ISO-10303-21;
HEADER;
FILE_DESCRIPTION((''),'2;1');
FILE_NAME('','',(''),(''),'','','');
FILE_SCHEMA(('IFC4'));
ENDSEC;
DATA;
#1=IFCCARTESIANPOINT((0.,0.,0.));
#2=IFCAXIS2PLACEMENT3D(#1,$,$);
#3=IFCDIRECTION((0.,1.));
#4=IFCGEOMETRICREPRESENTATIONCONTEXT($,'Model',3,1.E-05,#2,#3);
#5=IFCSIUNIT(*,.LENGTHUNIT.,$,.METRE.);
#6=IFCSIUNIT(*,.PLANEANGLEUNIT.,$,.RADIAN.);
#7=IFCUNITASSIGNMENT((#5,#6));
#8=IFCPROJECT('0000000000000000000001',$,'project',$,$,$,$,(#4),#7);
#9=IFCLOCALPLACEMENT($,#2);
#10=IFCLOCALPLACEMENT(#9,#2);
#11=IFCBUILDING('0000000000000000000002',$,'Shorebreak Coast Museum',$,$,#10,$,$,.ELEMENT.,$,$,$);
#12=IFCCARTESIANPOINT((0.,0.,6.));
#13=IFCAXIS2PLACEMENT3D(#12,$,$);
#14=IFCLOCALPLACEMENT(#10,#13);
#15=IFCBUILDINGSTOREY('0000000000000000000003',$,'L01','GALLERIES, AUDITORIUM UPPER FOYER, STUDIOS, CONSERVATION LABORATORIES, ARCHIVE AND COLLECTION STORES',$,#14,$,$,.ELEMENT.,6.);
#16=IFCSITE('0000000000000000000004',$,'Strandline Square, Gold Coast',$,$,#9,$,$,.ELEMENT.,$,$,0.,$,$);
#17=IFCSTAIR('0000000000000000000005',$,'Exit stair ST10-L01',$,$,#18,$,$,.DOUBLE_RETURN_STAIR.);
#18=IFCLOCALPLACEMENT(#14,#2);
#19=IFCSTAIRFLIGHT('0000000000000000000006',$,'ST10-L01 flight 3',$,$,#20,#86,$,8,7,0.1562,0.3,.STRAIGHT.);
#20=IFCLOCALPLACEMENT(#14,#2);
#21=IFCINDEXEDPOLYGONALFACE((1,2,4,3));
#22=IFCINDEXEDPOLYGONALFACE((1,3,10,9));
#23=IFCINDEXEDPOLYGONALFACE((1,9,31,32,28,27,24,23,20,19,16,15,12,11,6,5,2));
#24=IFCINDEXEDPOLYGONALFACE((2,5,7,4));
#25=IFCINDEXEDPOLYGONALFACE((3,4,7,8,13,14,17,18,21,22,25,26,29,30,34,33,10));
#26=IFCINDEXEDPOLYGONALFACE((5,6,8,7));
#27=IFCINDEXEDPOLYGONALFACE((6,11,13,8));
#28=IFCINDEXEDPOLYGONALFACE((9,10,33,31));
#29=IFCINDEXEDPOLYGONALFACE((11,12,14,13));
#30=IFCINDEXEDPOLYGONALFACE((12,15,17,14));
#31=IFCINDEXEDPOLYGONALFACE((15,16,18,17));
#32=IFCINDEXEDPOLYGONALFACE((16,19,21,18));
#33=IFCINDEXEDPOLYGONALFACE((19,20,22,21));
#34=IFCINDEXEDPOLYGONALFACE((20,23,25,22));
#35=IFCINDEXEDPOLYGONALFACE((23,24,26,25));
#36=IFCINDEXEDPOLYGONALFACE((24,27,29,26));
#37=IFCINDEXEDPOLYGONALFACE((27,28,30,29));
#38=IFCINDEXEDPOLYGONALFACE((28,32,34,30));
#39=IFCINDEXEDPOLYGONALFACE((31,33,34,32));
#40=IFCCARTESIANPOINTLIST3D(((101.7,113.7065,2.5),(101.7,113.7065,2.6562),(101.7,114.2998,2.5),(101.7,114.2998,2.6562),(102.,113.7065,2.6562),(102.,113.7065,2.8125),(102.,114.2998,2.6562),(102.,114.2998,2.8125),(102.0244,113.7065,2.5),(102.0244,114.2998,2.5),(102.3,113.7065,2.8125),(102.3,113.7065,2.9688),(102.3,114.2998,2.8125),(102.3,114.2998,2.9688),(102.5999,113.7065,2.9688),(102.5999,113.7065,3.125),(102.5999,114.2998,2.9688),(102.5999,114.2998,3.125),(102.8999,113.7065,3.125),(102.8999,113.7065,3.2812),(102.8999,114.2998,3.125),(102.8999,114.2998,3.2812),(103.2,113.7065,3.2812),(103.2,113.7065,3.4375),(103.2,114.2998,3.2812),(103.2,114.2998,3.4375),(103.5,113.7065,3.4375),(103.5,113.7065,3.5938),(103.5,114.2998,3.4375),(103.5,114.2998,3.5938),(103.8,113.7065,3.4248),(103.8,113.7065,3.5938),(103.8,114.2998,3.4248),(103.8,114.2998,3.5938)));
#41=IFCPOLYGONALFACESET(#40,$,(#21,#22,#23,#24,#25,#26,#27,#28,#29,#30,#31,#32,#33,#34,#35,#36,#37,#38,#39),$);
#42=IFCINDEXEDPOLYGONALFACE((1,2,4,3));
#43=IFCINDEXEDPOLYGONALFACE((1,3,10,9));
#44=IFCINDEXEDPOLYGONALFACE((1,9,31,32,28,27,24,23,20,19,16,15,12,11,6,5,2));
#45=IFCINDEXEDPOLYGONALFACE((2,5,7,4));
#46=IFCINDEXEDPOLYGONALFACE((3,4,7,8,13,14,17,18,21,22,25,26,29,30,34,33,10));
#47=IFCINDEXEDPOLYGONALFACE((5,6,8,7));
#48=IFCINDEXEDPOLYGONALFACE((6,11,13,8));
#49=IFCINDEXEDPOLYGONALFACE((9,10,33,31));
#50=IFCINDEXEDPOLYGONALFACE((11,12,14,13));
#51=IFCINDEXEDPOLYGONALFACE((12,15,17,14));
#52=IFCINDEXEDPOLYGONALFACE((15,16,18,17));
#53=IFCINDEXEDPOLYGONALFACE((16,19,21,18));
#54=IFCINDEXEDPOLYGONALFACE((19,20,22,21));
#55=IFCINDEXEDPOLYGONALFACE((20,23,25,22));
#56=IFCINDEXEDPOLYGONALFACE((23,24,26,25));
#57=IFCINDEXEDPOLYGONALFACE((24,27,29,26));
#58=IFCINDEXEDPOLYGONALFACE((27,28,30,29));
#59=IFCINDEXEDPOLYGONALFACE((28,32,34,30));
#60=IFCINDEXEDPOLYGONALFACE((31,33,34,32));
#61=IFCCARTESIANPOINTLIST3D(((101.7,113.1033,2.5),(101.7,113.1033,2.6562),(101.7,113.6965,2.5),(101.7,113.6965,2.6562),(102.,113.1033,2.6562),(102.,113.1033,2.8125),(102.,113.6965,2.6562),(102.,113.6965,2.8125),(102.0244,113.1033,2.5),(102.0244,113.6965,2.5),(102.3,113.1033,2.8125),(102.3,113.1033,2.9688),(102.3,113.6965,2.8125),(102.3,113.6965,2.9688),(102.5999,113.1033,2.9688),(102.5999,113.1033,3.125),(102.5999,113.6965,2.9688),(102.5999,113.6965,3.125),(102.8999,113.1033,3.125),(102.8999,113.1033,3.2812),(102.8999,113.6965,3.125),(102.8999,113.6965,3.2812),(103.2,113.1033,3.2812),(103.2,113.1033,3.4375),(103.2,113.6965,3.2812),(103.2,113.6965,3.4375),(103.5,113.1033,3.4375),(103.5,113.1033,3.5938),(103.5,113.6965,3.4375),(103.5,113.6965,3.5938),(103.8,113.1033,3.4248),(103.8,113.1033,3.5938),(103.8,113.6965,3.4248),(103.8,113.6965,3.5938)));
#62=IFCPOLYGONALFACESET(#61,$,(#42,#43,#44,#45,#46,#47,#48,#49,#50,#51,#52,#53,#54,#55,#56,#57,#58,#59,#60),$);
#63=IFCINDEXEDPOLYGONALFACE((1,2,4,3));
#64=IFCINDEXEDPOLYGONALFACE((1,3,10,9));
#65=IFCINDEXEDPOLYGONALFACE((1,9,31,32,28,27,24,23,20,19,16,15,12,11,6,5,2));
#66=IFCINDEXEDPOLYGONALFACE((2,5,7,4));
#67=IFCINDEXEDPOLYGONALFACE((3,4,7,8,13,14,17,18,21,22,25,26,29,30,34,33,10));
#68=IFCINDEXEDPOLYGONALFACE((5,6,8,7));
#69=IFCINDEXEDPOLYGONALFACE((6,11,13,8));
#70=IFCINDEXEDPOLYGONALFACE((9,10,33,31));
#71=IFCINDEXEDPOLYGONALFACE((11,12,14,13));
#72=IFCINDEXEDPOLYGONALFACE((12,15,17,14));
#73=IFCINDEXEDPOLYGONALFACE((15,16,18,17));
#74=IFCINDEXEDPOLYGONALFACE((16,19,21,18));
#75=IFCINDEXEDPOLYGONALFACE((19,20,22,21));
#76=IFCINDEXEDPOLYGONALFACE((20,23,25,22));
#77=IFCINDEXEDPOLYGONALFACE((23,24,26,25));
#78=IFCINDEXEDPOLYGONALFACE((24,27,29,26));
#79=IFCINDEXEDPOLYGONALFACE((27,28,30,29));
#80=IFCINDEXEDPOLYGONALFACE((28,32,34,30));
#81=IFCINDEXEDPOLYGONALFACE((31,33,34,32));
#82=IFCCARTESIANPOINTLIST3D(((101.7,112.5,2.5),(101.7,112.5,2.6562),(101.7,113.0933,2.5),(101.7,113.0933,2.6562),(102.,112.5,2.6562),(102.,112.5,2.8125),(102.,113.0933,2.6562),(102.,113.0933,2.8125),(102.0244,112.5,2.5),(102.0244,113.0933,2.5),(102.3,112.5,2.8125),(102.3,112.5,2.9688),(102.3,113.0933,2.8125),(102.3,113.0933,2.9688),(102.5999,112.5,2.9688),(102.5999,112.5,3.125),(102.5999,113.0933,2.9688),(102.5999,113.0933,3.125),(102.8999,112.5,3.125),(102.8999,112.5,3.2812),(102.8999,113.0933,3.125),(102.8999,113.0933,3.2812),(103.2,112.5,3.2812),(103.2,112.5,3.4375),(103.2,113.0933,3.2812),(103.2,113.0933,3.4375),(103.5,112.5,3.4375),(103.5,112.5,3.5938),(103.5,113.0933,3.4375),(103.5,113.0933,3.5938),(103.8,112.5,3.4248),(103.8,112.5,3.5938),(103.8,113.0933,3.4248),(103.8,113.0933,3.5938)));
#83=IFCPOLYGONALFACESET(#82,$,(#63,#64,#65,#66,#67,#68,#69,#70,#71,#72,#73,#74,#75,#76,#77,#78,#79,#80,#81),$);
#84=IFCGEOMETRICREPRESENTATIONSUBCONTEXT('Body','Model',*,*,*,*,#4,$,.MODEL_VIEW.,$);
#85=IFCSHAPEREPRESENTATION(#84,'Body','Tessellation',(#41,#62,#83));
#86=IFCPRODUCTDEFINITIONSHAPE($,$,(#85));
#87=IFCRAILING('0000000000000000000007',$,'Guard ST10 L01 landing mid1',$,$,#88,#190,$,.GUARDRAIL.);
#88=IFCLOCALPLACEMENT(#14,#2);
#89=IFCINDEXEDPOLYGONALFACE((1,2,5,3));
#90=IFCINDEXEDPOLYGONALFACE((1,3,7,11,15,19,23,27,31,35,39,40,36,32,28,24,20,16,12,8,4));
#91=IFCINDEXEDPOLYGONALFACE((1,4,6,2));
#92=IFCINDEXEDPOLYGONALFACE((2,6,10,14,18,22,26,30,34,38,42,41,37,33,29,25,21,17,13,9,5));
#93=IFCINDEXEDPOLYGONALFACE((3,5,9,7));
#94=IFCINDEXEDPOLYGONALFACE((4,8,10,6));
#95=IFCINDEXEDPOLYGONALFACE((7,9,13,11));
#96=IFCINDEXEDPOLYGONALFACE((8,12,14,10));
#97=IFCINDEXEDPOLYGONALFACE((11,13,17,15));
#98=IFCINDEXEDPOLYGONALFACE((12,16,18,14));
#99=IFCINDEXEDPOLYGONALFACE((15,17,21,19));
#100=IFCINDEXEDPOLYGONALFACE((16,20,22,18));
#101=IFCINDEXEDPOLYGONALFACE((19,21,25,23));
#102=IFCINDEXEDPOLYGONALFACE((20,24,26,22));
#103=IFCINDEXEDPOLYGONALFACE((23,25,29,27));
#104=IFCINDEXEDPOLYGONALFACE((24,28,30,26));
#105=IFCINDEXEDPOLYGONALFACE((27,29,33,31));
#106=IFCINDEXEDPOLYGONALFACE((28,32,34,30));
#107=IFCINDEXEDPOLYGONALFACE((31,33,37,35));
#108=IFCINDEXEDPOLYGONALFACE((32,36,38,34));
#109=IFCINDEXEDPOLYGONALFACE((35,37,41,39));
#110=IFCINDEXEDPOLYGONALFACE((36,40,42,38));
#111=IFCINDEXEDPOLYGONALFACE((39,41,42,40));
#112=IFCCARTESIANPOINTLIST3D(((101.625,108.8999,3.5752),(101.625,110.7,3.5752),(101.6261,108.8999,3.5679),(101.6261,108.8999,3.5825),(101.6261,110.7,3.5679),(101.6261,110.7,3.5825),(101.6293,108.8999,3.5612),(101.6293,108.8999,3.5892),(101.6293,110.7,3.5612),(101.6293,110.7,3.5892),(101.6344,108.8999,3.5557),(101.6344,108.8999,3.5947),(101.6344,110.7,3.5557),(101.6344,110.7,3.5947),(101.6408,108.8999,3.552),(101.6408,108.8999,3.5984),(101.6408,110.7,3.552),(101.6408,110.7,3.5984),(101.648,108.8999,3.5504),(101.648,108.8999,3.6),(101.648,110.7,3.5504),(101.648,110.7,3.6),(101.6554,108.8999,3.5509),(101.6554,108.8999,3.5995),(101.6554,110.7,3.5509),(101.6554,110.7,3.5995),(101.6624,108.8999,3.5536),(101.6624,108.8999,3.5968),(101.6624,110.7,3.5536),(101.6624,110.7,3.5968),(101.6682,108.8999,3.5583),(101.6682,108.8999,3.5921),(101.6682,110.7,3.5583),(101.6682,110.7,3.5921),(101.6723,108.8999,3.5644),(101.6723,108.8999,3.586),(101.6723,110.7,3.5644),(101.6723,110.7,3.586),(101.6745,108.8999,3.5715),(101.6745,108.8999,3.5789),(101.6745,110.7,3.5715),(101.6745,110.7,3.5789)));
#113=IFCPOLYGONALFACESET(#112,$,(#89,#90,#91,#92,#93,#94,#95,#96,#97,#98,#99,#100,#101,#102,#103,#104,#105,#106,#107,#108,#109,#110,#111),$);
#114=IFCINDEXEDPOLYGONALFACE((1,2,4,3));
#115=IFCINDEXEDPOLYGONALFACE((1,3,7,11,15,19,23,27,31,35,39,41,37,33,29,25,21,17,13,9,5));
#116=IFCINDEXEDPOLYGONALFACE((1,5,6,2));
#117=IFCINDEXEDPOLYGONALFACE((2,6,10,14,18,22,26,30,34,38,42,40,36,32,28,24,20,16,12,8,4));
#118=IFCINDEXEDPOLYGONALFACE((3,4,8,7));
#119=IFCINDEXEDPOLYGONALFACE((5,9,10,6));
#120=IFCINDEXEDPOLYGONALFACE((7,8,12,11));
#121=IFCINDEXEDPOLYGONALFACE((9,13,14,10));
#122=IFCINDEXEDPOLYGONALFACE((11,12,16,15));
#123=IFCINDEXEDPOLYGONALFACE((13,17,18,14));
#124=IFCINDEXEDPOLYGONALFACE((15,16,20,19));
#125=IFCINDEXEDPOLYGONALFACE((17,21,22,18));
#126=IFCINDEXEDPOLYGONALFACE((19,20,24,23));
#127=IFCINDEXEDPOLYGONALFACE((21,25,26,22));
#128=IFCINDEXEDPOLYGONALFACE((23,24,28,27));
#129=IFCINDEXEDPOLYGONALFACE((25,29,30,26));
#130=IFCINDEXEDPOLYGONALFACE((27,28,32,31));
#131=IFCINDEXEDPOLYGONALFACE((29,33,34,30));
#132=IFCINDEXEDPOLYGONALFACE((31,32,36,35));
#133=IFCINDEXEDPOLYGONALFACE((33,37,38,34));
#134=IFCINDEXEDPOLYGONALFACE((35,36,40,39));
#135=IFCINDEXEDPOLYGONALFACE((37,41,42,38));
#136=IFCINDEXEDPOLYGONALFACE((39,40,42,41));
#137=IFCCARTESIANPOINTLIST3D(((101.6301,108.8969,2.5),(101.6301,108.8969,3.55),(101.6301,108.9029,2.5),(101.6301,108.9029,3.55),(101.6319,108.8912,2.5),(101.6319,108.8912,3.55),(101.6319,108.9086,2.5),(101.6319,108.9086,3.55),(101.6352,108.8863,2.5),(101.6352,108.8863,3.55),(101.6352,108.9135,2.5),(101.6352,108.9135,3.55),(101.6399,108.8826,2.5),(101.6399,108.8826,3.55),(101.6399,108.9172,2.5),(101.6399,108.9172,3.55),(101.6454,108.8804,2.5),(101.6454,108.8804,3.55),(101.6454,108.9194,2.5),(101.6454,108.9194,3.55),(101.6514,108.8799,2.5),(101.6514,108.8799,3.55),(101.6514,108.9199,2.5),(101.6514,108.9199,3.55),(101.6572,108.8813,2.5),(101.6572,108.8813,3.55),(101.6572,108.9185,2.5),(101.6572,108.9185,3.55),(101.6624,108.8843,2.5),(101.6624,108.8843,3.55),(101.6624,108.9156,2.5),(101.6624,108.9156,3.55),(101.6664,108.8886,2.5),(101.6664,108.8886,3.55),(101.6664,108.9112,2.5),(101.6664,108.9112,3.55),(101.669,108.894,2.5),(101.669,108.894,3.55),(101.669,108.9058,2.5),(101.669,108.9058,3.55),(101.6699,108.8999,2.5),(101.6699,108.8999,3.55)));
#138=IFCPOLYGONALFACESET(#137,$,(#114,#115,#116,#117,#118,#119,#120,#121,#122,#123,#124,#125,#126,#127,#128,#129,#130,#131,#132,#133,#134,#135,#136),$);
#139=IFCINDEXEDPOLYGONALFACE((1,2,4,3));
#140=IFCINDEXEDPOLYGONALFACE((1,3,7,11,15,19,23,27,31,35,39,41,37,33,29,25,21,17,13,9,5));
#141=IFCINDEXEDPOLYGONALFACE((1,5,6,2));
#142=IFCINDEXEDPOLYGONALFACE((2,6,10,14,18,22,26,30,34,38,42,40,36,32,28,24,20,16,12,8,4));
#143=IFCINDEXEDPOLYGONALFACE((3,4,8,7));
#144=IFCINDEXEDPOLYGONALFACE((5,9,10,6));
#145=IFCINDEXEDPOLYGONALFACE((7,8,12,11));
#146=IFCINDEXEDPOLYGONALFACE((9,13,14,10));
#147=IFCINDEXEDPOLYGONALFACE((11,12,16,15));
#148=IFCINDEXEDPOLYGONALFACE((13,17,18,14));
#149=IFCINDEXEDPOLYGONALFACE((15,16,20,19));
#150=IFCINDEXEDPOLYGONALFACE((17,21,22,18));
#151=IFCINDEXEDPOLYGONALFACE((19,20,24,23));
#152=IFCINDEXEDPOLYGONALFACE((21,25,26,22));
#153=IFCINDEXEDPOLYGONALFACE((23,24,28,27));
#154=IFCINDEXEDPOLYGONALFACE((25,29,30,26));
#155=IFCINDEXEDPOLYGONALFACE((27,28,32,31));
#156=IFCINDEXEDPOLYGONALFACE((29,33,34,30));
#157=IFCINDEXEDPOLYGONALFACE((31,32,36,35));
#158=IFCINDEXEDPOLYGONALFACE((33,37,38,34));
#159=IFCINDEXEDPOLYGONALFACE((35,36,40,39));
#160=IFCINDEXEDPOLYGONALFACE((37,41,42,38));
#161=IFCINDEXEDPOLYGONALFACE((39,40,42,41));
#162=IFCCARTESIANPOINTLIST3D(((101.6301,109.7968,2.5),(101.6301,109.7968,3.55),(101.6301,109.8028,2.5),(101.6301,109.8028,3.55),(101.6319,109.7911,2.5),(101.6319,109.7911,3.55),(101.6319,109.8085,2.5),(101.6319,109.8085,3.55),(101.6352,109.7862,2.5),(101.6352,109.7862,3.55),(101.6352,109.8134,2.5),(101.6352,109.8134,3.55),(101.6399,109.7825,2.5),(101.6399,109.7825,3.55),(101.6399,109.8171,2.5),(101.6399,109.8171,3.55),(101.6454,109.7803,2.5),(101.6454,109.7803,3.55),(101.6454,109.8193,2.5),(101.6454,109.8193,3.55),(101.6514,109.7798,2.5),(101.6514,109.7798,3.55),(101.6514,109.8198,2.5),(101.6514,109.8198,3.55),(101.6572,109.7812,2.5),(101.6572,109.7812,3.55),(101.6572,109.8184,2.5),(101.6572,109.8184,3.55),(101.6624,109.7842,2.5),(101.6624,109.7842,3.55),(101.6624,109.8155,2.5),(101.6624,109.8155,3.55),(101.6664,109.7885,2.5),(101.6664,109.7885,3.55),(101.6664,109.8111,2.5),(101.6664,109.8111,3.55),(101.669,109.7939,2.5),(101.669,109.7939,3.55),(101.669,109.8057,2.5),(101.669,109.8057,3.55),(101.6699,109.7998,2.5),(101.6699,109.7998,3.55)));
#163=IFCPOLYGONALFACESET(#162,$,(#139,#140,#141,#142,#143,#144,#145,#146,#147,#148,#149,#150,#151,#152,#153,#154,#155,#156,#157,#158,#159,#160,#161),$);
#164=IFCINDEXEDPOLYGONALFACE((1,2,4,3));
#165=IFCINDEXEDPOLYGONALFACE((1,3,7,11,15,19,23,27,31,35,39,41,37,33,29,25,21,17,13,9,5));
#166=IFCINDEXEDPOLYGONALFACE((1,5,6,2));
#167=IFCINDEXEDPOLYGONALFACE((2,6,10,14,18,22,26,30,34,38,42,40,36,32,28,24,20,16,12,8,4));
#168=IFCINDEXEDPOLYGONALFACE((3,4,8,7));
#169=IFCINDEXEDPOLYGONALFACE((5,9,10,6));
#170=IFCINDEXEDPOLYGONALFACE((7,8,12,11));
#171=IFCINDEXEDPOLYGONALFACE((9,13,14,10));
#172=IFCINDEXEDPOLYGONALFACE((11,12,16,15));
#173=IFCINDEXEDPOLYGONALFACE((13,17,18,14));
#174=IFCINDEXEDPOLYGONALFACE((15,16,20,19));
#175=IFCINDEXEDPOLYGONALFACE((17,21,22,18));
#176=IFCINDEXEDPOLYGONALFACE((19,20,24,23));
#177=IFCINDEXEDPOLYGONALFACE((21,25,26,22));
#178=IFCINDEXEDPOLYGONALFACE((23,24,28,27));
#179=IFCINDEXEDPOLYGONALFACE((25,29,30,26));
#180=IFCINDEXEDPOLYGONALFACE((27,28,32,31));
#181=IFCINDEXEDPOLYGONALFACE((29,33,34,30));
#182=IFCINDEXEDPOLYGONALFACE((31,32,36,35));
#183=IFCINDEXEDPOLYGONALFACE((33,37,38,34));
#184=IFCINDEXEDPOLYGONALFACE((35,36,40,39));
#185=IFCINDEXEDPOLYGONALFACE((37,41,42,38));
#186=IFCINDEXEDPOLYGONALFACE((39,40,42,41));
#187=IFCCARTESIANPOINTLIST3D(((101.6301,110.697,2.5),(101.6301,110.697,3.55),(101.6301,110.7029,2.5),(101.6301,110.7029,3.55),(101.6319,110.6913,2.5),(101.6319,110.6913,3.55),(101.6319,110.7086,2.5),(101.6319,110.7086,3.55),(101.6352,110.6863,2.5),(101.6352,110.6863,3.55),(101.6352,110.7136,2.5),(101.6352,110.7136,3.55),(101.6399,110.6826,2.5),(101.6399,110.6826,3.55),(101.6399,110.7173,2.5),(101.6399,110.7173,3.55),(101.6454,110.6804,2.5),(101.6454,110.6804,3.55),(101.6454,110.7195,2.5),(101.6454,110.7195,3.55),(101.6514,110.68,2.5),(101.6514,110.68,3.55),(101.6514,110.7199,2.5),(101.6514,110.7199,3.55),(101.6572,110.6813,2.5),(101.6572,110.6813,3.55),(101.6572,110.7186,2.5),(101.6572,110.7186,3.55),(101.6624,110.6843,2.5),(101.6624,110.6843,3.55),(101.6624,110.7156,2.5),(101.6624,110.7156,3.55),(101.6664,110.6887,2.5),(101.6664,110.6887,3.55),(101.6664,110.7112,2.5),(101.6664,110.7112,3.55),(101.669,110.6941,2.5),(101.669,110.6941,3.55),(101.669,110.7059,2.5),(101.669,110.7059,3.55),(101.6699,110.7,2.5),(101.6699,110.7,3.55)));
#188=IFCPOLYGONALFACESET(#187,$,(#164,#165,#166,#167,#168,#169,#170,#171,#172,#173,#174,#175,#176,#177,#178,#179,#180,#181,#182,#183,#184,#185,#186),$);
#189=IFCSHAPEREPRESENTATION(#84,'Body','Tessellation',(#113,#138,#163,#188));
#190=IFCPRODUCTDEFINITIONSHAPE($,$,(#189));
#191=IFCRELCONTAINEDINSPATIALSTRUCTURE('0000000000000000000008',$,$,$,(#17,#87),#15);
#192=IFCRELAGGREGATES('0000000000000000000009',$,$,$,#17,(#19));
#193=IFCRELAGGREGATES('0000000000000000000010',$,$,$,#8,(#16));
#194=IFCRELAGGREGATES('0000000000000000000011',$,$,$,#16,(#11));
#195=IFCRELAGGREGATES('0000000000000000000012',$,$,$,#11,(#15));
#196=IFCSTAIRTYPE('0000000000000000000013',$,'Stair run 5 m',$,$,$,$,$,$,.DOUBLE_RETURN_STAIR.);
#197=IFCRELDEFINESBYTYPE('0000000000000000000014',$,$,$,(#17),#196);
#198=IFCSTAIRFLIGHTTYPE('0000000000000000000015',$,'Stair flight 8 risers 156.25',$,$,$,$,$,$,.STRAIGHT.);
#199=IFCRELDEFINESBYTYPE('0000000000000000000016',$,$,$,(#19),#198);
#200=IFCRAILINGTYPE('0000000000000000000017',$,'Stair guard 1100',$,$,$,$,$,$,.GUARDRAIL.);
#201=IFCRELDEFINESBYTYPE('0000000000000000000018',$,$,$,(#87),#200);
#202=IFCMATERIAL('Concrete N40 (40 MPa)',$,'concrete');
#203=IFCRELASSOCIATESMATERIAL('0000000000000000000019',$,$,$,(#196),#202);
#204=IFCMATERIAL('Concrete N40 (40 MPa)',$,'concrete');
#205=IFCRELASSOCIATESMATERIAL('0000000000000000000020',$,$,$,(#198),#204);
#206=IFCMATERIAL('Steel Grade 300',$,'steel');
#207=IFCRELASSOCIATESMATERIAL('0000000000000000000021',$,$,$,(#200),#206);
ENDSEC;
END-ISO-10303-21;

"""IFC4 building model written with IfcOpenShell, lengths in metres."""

from ifc_helpers import new_model, si_unit, direction, frame, origin, origin_2d, place, context, subcontext, project, spatial, polyline, circle, outline, extrude, material, type_object, element, aggregate, save


model = new_model("IFC4")

# Units and contexts
model_context = context("Model", 3, precision=1e-05, world=origin(), true_north=direction((0.0, 1.0)))
body_context = subcontext(model_context, "Body", "Model", "MODEL_VIEW")
ifc_project = project(units=[si_unit("LENGTHUNIT", "METRE"), si_unit("PLANEANGLEUNIT", "RADIAN")], contexts=[model_context])

# Site, building, storey
site_placement = place(None, origin())
site = spatial("IfcSite", under=ifc_project, at=site_placement, Name="Strandline Square, Gold Coast", CompositionType="ELEMENT", RefElevation=0.0)
building_placement = place(site_placement, origin())
building = spatial("IfcBuilding", under=site, at=building_placement, Name="Shorebreak Coast Museum", CompositionType="ELEMENT")
storey_placement = place(building_placement, frame((0.0, 0.0, 6.0)))
storey = spatial("IfcBuildingStorey", under=building, at=storey_placement, Name="L01", Description="GALLERIES, AUDITORIUM UPPER FOYER, STUDIOS, CONSERVATION LABORATORIES, ARCHIVE AND COLLECTION STORES", CompositionType="ELEMENT", Elevation=6.0)

# Stair, stair flight
ifc_material_1 = material(Name="Concrete N40 (40 MPa)", Category="concrete")
stair_type = type_object("IfcStairType", Name="Stair run 5 m", PredefinedType="DOUBLE_RETURN_STAIR", material=ifc_material_1)
stair_placement = place(storey_placement, origin())
stair = element("IfcStair", 1, at=stair_placement, inside=storey, type_object=stair_type, Name="Exit stair ST10-L01", PredefinedType="DOUBLE_RETURN_STAIR")
ifc_material_2 = material(Name="Concrete N40 (40 MPa)", Category="concrete")
stair_flight_type = type_object("IfcStairFlightType", Name="Stair flight 8 risers 156.25", PredefinedType="STRAIGHT", material=ifc_material_2)
stair_flight_1_placement = place(storey_placement, frame((101.7, 113.3999, 2.5), z_axis=(0.0, 0.0, 1.0), x_axis=(1.0, 0.0, 0.0)))
stair_flight_1 = element("IfcStairFlight", 2, at=stair_flight_1_placement, type_object=stair_flight_type, Name="ST10-L01 flight 3", NumberOfRisers=8, NumberOfTreads=7, PredefinedType="STRAIGHT", RiserHeight=0.1562, TreadLength=0.3, context=body_context, shape_type="SweptSolid", body=[
    extrude(outline(polyline([(0.0, 0.0), (0.0, 0.1562), (0.3, 0.1562), (0.3, 0.3125), (0.6001, 0.3125), (0.6001, 0.4688), (0.8999, 0.4688), (0.8999, 0.625), (1.2, 0.625), (1.2, 0.7812), (1.5, 0.7812), (1.5, 0.9375), (1.8, 0.9375), (1.8, 1.0938), (2.1001, 1.0938), (2.1001, 1.25), (2.1001, 0.9248), (0.3245, 0.0), (0.0, 0.0)])), frame((0.0, 0.8999, 0.0), z_axis=(0.0, -1.0, 0.0), x_axis=(1.0, 0.0, 0.0)), (0.0, 0.0, 1.0), 0.5933),
    extrude(outline(polyline([(0.0, 0.0), (0.0, 0.1562), (0.3, 0.1562), (0.3, 0.3125), (0.6001, 0.3125), (0.6001, 0.4688), (0.8999, 0.4688), (0.8999, 0.625), (1.2, 0.625), (1.2, 0.7812), (1.5, 0.7812), (1.5, 0.9375), (1.8, 0.9375), (1.8, 1.0938), (2.1001, 1.0938), (2.1001, 1.25), (2.1001, 0.9248), (0.3245, 0.0), (0.0, 0.0)])), frame((0.0, 0.2966, 0.0), z_axis=(0.0, -1.0, 0.0), x_axis=(1.0, 0.0, 0.0)), (0.0, 0.0, 1.0), 0.5933),
    extrude(outline(polyline([(0.0, 0.0), (0.0, 0.1562), (0.3, 0.1562), (0.3, 0.3125), (0.6001, 0.3125), (0.6001, 0.4688), (0.8999, 0.4688), (0.8999, 0.625), (1.2, 0.625), (1.2, 0.7812), (1.5, 0.7812), (1.5, 0.9375), (1.8, 0.9375), (1.8, 1.0938), (2.1001, 1.0938), (2.1001, 1.25), (2.1001, 0.9248), (0.3245, 0.0), (0.0, 0.0)])), frame((0.0, -0.3066, 0.0), z_axis=(0.0, -1.0, 0.0), x_axis=(1.0, 0.0, 0.0)), (0.0, 0.0, 1.0), 0.5933),
])
aggregate(stair, [stair_flight_1])

# Railing
ifc_material_3 = material(Name="Steel Grade 300", Category="steel")
railing_type_1 = type_object("IfcRailingType", Name="Stair guard 1100", PredefinedType="GUARDRAIL", material=ifc_material_3)
for number, where, name in (
    (3, (101.6499, 108.8999, 2.5), "Guard ST10 L01 landing mid1"),
):
    element("IfcRailing", number, at=place(storey_placement, frame(where)), inside=storey, type_object=railing_type_1, Name=name, PredefinedType="GUARDRAIL", context=body_context, shape_type="SweptSolid", body=[
        extrude(circle(Radius=0.0249, at=origin_2d()), frame((0.0, 0.0, 1.0752), z_axis=(0.0, 1.0, 0.0), x_axis=(-1.0, 0.0, 0.0)), (0.0, 0.0, 1.0), 1.8),
        extrude(circle(Radius=0.02, at=origin_2d()), origin(), (0.0, 0.0, 1.0), 1.05),
        extrude(circle(Radius=0.02, at=origin_2d()), frame((0.0, 0.8999, 0.0)), (0.0, 0.0, 1.0), 1.05),
        extrude(circle(Radius=0.02, at=origin_2d()), frame((0.0, 1.8, 0.0)), (0.0, 0.0, 1.0), 1.05),
    ])

save(model, "model.ifc")
